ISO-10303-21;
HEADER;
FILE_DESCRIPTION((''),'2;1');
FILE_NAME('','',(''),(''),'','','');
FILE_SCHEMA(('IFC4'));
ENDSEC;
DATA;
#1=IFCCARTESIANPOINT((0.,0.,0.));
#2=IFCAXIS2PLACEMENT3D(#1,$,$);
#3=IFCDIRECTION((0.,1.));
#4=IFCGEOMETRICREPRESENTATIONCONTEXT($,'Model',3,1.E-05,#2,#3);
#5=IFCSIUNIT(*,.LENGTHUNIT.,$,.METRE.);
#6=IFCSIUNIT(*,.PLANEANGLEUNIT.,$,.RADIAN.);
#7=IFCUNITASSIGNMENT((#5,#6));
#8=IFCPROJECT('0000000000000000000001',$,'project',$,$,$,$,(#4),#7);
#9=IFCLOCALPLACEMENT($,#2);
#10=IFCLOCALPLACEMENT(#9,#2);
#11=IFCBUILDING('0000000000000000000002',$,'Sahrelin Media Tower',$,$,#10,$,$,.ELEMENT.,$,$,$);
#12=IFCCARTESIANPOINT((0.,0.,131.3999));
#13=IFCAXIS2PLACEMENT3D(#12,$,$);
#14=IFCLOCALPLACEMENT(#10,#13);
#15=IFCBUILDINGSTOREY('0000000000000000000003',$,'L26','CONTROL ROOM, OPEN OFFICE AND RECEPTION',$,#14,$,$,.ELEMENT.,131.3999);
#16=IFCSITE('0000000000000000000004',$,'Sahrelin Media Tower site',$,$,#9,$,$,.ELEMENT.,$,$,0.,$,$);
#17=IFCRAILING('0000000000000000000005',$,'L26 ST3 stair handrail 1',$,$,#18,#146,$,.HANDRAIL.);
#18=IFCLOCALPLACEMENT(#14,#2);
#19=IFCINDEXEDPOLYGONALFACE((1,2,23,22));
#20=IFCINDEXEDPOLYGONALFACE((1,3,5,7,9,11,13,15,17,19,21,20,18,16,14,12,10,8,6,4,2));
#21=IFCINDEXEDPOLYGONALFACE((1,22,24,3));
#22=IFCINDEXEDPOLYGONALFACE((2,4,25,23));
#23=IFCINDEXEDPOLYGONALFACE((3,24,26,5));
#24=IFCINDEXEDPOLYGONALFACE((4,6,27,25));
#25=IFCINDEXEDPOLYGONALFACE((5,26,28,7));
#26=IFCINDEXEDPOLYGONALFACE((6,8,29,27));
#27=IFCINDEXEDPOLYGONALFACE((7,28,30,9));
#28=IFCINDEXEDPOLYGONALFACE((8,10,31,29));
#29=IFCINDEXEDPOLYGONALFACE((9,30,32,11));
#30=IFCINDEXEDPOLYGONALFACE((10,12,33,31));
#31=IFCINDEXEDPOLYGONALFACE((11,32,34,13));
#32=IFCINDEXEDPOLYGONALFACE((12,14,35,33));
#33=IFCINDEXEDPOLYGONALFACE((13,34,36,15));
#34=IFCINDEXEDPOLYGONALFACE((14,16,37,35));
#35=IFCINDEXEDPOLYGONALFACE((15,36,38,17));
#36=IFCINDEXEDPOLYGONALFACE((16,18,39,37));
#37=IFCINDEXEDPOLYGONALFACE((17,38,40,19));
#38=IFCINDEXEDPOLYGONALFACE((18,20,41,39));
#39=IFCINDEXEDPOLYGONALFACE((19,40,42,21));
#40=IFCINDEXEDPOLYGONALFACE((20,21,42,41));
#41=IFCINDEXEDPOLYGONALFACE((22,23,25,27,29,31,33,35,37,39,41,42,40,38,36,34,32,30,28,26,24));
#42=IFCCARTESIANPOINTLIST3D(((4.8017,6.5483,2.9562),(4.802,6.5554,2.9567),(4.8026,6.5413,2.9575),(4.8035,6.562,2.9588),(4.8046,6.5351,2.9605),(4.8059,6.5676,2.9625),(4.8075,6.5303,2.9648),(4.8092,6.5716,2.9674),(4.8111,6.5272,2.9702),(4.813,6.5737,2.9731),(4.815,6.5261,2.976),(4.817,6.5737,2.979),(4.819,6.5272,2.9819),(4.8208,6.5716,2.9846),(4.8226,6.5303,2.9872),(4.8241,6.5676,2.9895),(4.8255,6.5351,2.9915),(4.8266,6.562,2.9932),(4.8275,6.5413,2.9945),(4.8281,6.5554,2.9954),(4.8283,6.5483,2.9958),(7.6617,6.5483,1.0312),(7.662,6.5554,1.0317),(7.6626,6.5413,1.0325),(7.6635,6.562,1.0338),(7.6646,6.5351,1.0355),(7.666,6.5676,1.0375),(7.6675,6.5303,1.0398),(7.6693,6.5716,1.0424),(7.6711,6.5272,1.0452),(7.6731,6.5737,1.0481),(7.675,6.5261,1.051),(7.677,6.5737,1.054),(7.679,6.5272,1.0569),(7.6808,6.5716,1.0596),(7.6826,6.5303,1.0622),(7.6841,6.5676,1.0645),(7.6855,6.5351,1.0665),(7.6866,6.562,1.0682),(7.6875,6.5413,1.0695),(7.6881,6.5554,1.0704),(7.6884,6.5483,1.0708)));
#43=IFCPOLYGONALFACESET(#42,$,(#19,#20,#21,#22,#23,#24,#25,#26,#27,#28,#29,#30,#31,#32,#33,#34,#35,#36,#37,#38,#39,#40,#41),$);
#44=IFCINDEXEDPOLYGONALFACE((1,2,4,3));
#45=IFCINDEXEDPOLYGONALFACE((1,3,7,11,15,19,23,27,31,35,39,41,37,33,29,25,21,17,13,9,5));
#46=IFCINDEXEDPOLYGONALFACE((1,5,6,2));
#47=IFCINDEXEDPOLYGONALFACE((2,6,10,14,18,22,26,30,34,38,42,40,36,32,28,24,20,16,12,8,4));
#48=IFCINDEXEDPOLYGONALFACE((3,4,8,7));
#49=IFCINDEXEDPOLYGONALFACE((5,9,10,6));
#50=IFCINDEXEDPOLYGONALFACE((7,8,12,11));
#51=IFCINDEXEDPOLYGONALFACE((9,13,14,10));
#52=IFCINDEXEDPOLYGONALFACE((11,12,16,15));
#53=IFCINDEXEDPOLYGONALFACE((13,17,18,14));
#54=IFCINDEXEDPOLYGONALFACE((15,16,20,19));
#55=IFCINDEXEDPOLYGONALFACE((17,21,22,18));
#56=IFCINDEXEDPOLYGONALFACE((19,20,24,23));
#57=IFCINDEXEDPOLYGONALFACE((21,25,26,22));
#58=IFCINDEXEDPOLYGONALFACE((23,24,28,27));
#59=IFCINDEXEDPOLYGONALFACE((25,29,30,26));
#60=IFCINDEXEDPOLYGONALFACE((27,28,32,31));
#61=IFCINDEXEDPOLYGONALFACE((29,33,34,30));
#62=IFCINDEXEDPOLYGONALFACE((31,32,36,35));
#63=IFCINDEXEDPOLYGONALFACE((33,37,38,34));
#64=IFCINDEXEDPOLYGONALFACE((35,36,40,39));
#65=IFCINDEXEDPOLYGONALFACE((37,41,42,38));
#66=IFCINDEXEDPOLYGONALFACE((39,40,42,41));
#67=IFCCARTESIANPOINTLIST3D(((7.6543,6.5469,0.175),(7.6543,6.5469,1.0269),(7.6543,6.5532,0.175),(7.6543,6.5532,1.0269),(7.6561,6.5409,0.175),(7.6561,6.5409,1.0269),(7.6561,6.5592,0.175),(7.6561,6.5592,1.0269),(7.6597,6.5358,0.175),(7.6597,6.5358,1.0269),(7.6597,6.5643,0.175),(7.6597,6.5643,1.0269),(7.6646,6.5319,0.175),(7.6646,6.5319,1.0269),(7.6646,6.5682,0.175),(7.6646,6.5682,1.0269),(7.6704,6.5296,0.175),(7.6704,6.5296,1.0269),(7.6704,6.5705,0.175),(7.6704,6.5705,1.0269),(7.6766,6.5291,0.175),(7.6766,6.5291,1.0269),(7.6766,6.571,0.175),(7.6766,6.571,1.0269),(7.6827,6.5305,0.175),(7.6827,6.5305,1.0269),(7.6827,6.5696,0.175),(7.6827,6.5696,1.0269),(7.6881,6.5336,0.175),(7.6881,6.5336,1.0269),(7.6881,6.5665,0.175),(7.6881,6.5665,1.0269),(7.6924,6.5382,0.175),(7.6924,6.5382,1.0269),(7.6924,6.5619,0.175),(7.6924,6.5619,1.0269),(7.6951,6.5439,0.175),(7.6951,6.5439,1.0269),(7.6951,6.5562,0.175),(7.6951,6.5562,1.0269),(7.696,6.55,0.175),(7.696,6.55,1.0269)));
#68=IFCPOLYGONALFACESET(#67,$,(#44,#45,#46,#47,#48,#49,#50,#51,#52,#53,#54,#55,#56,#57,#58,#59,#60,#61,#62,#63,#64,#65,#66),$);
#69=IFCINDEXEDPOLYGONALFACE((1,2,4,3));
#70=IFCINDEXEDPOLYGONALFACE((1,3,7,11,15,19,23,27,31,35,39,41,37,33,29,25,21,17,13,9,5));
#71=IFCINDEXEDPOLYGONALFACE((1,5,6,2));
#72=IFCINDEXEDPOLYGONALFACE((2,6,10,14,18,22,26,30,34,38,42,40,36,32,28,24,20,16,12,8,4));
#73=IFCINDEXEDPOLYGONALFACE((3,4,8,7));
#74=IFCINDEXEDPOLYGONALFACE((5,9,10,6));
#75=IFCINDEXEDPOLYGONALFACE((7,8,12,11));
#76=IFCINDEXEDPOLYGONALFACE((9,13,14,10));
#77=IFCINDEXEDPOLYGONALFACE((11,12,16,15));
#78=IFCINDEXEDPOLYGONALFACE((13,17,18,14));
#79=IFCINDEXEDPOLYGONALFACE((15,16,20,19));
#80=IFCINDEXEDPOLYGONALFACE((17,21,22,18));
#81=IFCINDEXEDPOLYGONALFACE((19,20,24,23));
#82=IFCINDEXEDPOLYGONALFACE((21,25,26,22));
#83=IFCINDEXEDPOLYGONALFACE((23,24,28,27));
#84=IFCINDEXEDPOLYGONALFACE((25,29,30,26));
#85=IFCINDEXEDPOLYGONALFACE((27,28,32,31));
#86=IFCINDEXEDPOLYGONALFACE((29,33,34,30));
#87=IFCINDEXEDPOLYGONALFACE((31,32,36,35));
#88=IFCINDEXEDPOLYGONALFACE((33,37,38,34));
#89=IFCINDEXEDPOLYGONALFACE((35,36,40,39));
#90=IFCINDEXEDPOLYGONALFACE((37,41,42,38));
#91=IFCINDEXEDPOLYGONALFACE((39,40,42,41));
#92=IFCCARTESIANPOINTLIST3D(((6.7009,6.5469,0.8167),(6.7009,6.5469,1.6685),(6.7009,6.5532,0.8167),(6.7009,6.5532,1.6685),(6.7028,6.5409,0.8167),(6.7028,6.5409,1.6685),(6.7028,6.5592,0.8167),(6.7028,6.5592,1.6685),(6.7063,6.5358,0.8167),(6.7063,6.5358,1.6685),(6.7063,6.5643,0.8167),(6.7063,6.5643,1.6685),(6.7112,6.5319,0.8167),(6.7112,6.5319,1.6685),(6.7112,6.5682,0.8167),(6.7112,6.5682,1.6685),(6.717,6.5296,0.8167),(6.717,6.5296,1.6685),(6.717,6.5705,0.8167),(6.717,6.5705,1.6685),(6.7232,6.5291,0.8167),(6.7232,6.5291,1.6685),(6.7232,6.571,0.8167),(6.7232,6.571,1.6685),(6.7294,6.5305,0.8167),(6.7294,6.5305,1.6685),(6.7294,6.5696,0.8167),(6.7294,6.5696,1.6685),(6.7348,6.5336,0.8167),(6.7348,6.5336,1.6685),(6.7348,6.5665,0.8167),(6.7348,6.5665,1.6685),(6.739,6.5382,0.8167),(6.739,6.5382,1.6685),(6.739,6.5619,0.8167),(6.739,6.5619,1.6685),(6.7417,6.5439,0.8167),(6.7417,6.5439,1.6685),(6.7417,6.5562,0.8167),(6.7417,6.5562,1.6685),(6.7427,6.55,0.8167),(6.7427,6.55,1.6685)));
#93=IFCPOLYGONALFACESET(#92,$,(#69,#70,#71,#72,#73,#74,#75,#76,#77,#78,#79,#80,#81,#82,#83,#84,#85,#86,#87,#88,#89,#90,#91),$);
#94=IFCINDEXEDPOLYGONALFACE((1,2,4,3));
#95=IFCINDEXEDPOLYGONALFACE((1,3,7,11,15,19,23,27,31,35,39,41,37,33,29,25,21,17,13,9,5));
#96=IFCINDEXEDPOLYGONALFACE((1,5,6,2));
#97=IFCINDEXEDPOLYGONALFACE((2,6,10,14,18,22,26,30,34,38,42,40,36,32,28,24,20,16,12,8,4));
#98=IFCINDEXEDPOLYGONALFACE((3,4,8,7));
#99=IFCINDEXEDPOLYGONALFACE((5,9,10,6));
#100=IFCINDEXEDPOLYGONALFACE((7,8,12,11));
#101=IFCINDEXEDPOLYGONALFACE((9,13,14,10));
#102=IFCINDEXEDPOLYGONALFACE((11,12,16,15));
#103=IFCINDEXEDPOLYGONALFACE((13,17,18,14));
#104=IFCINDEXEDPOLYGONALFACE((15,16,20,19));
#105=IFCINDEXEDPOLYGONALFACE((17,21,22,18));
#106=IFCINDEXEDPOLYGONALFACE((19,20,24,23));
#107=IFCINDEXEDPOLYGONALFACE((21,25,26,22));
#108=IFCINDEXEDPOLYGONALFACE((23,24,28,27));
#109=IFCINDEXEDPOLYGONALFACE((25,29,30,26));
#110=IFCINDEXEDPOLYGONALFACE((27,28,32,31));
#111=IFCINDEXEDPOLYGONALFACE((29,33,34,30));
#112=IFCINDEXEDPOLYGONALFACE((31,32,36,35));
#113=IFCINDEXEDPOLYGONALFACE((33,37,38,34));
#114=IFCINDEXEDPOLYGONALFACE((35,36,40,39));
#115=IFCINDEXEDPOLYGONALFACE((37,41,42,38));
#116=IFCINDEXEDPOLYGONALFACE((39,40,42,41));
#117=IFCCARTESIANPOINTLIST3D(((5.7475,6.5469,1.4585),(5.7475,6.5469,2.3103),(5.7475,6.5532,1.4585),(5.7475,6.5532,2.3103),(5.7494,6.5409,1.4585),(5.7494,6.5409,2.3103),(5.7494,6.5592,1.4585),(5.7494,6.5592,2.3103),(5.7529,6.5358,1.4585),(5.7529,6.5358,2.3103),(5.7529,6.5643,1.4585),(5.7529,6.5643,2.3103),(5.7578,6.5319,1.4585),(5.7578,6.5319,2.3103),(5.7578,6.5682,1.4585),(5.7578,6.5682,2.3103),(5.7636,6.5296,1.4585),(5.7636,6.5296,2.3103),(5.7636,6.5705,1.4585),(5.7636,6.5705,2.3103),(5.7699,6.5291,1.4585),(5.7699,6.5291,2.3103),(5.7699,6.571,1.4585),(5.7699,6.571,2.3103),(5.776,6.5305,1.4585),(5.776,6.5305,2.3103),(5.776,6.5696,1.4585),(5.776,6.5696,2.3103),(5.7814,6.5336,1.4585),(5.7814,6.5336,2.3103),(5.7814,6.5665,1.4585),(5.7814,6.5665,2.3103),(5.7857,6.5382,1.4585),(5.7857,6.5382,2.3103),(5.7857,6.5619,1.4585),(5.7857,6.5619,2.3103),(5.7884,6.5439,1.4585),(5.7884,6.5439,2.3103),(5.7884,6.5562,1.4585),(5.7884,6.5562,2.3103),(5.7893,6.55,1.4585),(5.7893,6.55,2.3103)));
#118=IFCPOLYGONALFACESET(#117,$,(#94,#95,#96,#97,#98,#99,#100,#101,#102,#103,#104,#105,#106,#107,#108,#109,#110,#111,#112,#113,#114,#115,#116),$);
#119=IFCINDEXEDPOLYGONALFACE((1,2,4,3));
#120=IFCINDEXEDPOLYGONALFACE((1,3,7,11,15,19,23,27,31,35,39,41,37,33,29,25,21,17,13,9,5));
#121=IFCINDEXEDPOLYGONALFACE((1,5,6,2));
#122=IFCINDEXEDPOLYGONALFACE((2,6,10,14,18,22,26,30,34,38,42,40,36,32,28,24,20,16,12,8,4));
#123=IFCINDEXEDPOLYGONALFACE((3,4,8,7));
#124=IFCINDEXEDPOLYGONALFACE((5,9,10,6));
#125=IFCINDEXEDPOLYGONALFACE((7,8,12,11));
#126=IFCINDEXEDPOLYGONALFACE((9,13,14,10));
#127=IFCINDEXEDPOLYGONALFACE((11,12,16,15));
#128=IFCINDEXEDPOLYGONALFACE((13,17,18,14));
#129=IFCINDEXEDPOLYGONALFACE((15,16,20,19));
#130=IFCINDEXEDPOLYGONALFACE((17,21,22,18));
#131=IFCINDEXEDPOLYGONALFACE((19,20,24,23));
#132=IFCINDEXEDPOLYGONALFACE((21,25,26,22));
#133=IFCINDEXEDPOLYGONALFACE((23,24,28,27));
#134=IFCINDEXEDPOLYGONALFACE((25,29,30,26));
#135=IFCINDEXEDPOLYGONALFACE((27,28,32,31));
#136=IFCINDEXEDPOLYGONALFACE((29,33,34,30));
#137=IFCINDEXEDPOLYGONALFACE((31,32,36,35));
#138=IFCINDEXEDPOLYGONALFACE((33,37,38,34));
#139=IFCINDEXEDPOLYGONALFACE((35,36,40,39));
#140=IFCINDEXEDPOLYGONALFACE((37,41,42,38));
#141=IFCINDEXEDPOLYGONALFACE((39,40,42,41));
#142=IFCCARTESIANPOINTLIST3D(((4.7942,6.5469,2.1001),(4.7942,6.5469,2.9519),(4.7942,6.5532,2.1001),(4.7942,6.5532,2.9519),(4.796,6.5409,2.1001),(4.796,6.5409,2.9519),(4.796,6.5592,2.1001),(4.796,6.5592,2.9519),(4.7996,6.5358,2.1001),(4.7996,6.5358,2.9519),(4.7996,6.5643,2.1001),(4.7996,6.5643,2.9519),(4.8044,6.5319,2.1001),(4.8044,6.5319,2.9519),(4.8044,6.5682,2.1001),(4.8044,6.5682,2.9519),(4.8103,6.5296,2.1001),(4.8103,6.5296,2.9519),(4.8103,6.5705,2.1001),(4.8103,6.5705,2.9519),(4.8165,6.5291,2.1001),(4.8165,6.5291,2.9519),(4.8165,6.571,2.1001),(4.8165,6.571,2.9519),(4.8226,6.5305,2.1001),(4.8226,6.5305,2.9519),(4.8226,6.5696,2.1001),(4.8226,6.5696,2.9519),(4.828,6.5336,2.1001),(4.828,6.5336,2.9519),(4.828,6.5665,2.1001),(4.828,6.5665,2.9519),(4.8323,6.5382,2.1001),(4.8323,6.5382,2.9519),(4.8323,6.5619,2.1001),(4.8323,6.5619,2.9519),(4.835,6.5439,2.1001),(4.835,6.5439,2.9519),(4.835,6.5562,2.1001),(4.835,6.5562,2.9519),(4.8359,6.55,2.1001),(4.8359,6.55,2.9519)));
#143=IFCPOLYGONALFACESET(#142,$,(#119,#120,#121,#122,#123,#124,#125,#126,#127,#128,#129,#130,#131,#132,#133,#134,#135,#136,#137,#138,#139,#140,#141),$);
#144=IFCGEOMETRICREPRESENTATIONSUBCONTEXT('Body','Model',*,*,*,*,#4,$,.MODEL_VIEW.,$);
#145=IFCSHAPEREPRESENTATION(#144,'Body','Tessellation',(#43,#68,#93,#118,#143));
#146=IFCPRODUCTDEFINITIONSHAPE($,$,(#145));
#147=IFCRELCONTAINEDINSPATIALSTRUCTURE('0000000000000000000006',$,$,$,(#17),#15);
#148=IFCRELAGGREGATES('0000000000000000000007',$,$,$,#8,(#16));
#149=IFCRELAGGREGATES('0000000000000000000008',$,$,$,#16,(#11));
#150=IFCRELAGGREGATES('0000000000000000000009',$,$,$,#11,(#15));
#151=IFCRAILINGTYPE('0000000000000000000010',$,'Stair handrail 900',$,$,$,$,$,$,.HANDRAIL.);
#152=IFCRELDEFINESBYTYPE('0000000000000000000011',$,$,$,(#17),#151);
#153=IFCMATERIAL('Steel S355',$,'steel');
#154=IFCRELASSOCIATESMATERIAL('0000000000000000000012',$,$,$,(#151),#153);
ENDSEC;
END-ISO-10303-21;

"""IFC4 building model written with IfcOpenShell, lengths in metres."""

from ifc_helpers import new_model, si_unit, direction, frame, origin, origin_2d, place, context, subcontext, project, spatial, circle, extrude, material, type_object, element, save


model = new_model("IFC4")

# Units and contexts
model_context = context("Model", 3, precision=1e-05, world=origin(), true_north=direction((0.0, 1.0)))
body_context = subcontext(model_context, "Body", "Model", "MODEL_VIEW")
ifc_project = project(units=[si_unit("LENGTHUNIT", "METRE"), si_unit("PLANEANGLEUNIT", "RADIAN")], contexts=[model_context])

# Site, building, storey
site_placement = place(None, origin())
site = spatial("IfcSite", under=ifc_project, at=site_placement, Name="Sahrelin Media Tower site", CompositionType="ELEMENT", RefElevation=0.0)
building_placement = place(site_placement, origin())
building = spatial("IfcBuilding", under=site, at=building_placement, Name="Sahrelin Media Tower", CompositionType="ELEMENT")
storey_placement = place(building_placement, frame((0.0, 0.0, 131.3999)))
storey = spatial("IfcBuildingStorey", under=building, at=storey_placement, Name="L26", Description="CONTROL ROOM, OPEN OFFICE AND RECEPTION", CompositionType="ELEMENT", Elevation=131.3999)

# Shared definitions
ifc_material_1 = material(Name="Steel S355", Category="steel")

# Railing
railing_type_1 = type_object("IfcRailingType", Name="Stair handrail 900", PredefinedType="HANDRAIL", material=ifc_material_1)
railing_1_placement = place(storey_placement, frame((7.675, 6.55, 0.175)))
element("IfcRailing", 1, at=railing_1_placement, inside=storey, type_object=railing_type_1, Name="L26 ST3 stair handrail 1", PredefinedType="HANDRAIL", context=body_context, shape_type="SweptSolid", body=[
    extrude(circle(Radius=0.0239, at=origin_2d()), frame((0.0, 0.0, 0.876), z_axis=(-0.829591, 0.0, 0.558372), x_axis=(0.0, -1.0, 0.0)), (0.0, 0.0, 1.0), 3.4475),
    extrude(circle(Radius=0.021, at=origin_2d()), origin(), (0.0, 0.0, 1.0), 0.8518),
    extrude(circle(Radius=0.021, at=origin_2d()), frame((-0.9534, 0.0, 0.6416)), (0.0, 0.0, 1.0), 0.8518),
    extrude(circle(Radius=0.021, at=origin_2d()), frame((-1.9067, 0.0, 1.2834)), (0.0, 0.0, 1.0), 0.8518),
    extrude(circle(Radius=0.021, at=origin_2d()), frame((-2.8601, 0.0, 1.925)), (0.0, 0.0, 1.0), 0.8518),
])

save(model, "model.ifc")
